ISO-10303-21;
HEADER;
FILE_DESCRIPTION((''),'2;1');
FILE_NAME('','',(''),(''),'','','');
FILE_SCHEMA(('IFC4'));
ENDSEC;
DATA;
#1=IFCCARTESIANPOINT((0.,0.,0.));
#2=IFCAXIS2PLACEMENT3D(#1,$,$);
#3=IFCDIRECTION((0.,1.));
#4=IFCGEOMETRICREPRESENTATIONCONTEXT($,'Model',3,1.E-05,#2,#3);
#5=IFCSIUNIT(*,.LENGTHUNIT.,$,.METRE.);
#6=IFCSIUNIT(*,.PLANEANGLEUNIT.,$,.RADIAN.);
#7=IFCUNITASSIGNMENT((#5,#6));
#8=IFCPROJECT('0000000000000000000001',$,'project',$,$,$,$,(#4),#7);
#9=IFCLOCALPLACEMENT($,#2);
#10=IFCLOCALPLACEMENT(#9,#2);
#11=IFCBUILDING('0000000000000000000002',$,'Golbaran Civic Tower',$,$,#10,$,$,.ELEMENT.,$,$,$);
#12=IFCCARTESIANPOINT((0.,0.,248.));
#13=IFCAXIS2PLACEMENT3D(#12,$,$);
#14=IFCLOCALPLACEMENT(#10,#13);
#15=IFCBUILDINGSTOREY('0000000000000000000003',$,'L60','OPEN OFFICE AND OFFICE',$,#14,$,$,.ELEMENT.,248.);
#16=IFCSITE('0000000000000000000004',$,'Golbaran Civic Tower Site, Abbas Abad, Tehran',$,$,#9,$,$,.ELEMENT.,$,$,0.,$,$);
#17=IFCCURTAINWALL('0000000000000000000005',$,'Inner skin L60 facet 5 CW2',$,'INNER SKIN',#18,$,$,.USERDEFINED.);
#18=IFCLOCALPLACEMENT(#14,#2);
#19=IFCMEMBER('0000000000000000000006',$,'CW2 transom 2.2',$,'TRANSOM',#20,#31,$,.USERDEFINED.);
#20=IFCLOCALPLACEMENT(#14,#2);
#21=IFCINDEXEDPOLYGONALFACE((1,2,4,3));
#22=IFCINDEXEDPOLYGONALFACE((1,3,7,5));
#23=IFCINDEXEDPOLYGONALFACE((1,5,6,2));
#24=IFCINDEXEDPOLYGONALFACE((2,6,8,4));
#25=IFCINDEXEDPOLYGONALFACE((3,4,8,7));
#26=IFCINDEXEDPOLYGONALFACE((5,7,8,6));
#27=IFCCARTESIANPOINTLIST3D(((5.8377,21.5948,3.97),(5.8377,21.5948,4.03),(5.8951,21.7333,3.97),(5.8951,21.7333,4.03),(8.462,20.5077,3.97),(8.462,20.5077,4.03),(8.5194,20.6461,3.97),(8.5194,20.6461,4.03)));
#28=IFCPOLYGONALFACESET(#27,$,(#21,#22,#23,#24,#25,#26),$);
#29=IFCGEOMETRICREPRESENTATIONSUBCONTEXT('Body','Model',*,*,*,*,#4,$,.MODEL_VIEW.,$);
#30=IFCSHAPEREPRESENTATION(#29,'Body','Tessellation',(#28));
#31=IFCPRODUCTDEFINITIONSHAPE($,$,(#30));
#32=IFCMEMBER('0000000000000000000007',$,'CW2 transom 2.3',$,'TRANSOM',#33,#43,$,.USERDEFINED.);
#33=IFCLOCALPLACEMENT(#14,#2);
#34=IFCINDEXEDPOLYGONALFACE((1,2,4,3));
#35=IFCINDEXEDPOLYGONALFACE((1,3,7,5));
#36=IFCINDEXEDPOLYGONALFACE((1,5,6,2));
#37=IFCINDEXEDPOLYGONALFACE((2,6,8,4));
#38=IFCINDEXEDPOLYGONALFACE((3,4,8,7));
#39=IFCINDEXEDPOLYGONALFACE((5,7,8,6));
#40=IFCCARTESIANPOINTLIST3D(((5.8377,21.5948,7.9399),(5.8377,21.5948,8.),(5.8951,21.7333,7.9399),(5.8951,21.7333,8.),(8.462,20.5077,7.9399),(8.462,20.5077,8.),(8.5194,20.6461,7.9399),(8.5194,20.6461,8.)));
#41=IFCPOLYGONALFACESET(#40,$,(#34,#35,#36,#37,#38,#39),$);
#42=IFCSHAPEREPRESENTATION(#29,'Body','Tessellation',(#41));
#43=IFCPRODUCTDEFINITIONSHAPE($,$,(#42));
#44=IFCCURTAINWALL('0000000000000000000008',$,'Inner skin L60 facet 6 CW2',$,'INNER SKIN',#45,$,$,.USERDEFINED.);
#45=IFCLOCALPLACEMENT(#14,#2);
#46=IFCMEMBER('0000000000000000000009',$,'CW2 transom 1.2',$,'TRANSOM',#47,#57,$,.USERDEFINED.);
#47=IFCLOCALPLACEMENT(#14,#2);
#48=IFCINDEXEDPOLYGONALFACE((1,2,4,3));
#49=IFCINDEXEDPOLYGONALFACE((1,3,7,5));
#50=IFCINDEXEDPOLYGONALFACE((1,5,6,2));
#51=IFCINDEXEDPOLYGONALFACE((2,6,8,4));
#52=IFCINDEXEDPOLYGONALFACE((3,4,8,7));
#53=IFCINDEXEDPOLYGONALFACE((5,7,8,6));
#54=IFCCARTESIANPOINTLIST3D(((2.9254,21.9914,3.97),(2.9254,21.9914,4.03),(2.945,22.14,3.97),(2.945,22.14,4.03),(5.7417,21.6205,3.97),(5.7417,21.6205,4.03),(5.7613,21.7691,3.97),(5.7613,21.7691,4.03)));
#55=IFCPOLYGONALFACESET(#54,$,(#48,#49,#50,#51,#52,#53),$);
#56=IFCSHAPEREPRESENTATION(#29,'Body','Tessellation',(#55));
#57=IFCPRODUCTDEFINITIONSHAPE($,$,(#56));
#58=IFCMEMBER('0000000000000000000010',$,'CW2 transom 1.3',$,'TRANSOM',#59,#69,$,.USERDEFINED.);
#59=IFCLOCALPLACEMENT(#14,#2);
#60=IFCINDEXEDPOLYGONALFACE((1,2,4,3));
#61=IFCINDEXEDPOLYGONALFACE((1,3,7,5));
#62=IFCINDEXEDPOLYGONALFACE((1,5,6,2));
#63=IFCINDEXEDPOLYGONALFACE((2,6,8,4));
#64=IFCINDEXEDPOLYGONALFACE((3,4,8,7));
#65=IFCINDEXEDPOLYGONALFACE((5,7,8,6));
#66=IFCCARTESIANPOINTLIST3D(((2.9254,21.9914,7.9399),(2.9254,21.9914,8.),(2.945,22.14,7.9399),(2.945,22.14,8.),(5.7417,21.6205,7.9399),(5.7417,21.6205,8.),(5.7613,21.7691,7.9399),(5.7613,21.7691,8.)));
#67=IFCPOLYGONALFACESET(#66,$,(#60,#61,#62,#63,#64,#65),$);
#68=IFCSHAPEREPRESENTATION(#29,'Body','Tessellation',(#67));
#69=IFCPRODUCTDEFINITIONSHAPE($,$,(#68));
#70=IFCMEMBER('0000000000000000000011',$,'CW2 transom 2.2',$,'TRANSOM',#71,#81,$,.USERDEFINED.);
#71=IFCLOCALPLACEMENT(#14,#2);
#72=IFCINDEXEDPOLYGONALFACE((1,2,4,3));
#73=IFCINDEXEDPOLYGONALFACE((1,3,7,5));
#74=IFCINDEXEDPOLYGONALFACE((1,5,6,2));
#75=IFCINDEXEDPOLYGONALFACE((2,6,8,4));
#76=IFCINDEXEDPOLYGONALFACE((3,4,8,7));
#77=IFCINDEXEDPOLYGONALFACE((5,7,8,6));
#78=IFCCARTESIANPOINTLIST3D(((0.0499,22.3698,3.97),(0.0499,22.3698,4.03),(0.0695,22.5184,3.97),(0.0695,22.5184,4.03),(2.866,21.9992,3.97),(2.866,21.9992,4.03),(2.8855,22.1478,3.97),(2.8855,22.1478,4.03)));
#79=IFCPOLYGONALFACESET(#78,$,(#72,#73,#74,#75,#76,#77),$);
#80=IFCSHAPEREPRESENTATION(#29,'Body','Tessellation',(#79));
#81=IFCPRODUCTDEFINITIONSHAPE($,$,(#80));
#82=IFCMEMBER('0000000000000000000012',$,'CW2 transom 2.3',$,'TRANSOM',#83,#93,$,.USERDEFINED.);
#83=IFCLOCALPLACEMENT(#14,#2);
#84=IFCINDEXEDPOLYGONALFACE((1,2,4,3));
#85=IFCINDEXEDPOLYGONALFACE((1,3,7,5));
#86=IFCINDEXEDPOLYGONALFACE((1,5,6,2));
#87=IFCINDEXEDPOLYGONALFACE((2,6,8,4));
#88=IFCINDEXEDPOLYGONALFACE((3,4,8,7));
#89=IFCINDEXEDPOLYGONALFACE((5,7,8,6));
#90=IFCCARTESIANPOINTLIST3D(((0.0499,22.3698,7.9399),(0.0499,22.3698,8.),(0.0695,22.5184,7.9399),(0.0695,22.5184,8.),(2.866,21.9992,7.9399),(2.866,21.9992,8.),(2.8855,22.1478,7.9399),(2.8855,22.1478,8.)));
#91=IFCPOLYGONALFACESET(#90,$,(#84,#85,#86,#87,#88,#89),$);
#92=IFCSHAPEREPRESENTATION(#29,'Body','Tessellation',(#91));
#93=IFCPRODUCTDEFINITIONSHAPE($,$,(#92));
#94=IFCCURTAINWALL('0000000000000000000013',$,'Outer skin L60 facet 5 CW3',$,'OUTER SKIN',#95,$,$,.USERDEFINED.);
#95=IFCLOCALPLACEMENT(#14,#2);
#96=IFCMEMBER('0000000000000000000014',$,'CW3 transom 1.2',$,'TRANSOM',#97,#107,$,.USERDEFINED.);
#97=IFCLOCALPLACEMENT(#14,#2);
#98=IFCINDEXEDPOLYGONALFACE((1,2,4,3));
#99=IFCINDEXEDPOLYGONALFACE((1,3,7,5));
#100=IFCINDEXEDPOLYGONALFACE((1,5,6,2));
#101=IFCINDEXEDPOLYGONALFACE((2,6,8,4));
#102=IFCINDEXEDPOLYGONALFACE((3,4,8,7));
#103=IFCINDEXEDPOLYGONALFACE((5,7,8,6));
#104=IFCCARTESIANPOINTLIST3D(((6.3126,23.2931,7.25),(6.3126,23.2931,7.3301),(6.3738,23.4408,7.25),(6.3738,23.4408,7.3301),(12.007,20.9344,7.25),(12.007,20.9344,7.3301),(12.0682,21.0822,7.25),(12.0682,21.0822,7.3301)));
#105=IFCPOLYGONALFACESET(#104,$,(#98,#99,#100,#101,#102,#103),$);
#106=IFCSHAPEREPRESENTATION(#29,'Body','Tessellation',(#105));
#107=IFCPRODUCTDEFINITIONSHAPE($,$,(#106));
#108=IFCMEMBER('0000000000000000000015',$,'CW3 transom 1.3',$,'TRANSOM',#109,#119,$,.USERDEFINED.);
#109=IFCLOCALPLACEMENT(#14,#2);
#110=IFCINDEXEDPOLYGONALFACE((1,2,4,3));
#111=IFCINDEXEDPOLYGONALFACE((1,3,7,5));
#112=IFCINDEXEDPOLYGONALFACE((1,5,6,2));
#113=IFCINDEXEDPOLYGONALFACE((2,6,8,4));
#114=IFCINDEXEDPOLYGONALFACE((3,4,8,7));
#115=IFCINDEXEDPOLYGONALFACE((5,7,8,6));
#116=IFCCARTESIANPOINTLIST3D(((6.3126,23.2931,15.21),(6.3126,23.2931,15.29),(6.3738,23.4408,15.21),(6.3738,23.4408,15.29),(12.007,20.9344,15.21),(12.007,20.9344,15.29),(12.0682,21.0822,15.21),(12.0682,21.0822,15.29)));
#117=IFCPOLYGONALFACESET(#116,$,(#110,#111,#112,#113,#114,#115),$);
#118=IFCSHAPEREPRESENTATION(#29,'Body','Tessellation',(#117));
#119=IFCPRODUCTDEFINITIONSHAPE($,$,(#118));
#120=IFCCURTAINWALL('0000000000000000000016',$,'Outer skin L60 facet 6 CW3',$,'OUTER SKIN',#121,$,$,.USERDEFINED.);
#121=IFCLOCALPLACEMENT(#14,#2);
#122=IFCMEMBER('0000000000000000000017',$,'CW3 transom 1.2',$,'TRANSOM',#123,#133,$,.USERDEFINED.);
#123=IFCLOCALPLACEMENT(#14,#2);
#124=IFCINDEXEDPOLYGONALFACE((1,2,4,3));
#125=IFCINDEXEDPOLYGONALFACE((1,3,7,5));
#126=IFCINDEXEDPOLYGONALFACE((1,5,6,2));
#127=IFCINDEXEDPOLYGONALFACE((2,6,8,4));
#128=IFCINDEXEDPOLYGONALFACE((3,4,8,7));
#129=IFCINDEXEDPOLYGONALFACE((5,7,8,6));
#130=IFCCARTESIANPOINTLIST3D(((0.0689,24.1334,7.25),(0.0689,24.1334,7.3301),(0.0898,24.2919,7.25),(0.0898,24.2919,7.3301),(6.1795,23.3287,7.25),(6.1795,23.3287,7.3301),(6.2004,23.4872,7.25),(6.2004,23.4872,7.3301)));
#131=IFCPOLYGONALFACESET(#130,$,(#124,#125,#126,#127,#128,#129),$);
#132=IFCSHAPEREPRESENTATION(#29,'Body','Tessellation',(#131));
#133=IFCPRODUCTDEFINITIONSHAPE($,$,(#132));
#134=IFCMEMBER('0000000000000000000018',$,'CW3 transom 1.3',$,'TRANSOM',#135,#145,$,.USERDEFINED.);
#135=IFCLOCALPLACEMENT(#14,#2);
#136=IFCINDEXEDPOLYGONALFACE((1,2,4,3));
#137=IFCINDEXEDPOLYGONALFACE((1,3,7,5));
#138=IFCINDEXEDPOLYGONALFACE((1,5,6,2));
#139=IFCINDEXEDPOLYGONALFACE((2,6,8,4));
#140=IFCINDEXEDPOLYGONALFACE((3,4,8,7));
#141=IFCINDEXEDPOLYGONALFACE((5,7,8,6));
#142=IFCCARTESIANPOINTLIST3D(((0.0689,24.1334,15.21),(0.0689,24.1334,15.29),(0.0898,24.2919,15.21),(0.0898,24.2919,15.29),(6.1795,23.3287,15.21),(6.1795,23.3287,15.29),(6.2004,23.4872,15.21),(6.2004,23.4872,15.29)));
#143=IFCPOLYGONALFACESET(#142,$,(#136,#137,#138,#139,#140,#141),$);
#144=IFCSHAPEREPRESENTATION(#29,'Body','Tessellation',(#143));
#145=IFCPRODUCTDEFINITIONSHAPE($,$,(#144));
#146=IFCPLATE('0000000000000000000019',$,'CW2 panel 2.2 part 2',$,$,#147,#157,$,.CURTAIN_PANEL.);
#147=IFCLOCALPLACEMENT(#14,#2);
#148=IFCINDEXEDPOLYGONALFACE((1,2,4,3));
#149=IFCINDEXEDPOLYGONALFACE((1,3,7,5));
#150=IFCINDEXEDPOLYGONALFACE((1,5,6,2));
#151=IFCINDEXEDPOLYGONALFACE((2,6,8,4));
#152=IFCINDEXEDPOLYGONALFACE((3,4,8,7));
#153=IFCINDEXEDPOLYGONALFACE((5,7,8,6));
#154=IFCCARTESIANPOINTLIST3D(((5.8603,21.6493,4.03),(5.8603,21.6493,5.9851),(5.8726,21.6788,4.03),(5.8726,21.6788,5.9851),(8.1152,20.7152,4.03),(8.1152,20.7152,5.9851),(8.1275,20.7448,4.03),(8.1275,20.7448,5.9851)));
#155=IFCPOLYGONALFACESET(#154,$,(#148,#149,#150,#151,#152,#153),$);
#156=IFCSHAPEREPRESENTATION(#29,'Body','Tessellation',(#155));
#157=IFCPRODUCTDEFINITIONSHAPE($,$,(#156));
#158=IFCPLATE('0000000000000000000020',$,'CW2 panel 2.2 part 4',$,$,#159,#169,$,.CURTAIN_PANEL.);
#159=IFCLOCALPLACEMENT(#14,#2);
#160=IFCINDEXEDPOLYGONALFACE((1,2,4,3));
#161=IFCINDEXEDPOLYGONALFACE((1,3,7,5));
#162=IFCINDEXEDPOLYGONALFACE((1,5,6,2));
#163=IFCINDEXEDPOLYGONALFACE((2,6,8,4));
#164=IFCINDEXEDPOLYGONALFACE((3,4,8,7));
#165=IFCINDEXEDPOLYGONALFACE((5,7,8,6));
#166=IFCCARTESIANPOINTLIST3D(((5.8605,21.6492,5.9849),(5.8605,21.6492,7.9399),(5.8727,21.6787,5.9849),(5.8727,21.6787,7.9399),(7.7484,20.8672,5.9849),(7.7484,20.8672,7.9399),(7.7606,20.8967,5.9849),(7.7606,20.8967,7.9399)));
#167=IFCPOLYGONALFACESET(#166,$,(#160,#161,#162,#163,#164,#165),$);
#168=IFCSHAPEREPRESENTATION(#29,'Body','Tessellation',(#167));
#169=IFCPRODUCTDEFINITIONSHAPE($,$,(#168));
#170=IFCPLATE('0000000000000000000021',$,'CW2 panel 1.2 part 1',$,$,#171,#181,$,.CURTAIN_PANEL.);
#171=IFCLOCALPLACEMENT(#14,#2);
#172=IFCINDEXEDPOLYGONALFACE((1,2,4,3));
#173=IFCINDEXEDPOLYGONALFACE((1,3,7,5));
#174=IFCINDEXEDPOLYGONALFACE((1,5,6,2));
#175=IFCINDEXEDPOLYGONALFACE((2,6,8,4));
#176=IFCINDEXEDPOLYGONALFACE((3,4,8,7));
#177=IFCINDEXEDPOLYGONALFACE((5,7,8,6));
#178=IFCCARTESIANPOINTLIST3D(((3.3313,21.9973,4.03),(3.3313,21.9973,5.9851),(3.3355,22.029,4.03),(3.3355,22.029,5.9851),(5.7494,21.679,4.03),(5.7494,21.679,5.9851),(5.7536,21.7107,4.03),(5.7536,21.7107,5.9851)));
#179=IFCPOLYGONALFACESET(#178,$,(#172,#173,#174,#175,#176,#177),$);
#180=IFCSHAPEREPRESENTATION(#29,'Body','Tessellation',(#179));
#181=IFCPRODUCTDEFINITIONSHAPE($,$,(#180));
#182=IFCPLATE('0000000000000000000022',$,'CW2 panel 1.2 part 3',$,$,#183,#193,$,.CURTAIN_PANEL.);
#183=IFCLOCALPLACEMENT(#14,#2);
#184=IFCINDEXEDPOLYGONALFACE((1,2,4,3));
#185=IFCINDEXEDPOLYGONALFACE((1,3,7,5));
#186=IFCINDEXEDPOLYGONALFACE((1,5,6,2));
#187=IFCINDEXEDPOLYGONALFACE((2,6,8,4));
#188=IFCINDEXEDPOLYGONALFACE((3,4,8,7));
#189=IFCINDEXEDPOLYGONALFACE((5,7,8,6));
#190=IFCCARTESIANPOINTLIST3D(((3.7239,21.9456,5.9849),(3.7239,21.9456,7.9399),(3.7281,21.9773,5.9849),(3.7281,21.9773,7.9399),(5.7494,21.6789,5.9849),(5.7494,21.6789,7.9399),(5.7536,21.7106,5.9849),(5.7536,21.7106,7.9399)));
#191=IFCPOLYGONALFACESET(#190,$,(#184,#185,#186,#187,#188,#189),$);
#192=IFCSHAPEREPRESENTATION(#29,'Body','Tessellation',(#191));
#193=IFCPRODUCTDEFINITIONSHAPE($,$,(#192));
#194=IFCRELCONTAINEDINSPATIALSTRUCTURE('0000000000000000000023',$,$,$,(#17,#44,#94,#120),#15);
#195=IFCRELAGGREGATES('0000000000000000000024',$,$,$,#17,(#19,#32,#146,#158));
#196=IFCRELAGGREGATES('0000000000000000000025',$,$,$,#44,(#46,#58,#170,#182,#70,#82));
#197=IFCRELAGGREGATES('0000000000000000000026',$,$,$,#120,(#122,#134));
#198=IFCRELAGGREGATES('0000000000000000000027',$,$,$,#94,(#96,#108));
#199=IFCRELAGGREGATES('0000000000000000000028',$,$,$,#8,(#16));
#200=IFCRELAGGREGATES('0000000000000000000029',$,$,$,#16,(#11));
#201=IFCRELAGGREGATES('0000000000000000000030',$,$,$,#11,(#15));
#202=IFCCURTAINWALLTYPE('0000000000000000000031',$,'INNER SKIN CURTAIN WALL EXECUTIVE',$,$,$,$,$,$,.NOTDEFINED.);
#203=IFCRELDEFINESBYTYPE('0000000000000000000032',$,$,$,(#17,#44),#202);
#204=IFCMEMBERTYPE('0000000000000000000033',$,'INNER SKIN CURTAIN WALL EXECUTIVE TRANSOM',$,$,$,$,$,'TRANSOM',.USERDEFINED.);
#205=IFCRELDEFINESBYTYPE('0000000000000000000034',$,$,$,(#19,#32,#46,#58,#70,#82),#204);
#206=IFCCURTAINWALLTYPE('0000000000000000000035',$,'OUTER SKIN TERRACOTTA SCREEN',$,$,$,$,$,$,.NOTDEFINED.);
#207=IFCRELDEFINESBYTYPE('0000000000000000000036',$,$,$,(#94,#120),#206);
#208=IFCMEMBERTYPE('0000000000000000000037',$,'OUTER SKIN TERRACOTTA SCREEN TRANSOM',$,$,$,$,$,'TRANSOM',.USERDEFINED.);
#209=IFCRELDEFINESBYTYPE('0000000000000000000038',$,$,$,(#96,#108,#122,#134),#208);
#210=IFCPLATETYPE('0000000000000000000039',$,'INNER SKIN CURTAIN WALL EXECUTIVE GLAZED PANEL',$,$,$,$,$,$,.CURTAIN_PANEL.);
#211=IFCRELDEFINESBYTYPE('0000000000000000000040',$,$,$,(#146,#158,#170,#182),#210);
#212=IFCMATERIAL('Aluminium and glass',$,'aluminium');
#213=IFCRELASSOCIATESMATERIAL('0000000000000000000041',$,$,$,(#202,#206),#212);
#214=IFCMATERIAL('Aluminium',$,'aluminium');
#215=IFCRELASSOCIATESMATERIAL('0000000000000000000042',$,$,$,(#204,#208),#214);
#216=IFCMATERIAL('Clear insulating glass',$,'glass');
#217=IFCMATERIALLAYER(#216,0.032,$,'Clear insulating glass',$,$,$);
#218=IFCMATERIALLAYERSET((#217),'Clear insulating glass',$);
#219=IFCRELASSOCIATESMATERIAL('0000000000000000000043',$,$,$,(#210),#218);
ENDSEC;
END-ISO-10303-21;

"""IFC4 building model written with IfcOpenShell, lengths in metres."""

from ifc_helpers import new_model, si_unit, direction, frame, origin, origin_2d, place, context, subcontext, project, spatial, rectangle, extrude, material, layer, layer_set, material_profile, profile_set, type_object, element, aggregate, save


model = new_model("IFC4")

# Units and contexts
model_context = context("Model", 3, precision=1e-05, world=origin(), true_north=direction((0.0, 1.0)))
body_context = subcontext(model_context, "Body", "Model", "MODEL_VIEW")
ifc_project = project(units=[si_unit("LENGTHUNIT", "METRE"), si_unit("PLANEANGLEUNIT", "RADIAN")], contexts=[model_context])

# Site, building, storey
site_placement = place(None, origin())
site = spatial("IfcSite", under=ifc_project, at=site_placement, Name="Golbaran Civic Tower Site, Abbas Abad, Tehran", CompositionType="ELEMENT", RefElevation=0.0)
building_placement = place(site_placement, origin())
building = spatial("IfcBuilding", under=site, at=building_placement, Name="Golbaran Civic Tower", CompositionType="ELEMENT")
storey_placement = place(building_placement, frame((0.0, 0.0, 248.0)))
storey = spatial("IfcBuildingStorey", under=building, at=storey_placement, Name="L60", Description="OPEN OFFICE AND OFFICE", CompositionType="ELEMENT", Elevation=248.0)

# Curtain walls, members
ifc_material_1 = material(Name="Aluminium and glass", Category="aluminium")
curtain_wall_type_1 = type_object("IfcCurtainWallType", Name="INNER SKIN CURTAIN WALL EXECUTIVE", PredefinedType="NOTDEFINED", material=ifc_material_1)
curtain_wall_1_placement = place(storey_placement, origin())
curtain_wall_1 = element("IfcCurtainWall", 1, at=curtain_wall_1_placement, inside=storey, type_object=curtain_wall_type_1, Name="Inner skin L60 facet 5 CW2", ObjectType="INNER SKIN", PredefinedType="USERDEFINED")
ifc_material_2 = material(Name="Aluminium", Category="aluminium")
ifc_material_profile_1 = material_profile(ifc_material_2, rectangle(XDim=0.1499, YDim=0.0601, at=origin_2d()), Name="INNER SKIN CURTAIN WALL EXECUTIVE TRANSOM")
ifc_profile_set_1 = profile_set([ifc_material_profile_1], Name="Aluminium")
member_type_1 = type_object("IfcMemberType", Name="INNER SKIN CURTAIN WALL EXECUTIVE TRANSOM", ElementType="TRANSOM", PredefinedType="USERDEFINED", material=ifc_profile_set_1)
member_1_placement = place(storey_placement, frame((8.4907, 20.5769, 4.0), z_axis=(-0.923861, 0.382729, 0.0), x_axis=(-0.382729, -0.923861, 0.0)))
member_1 = element("IfcMember", 2, at=member_1_placement, type_object=member_type_1, Name="CW2 transom 2.2", ObjectType="TRANSOM", PredefinedType="USERDEFINED", context=body_context, shape_type="SweptSolid", body=[
    extrude(rectangle(XDim=0.1499, YDim=0.0601, at=origin_2d()), origin(), (0.0, 0.0, 1.0), 2.8406),
])
member_2_placement = place(storey_placement, frame((8.4907, 20.5769, 7.97), z_axis=(-0.923861, 0.382729, 0.0), x_axis=(-0.382729, -0.923861, 0.0)))
member_2 = element("IfcMember", 3, at=member_2_placement, type_object=member_type_1, Name="CW2 transom 2.3", ObjectType="TRANSOM", PredefinedType="USERDEFINED", context=body_context, shape_type="SweptSolid", body=[
    extrude(rectangle(XDim=0.1499, YDim=0.0601, at=origin_2d()), origin(), (0.0, 0.0, 1.0), 2.8406),
])
curtain_wall_2_placement = place(storey_placement, origin())
curtain_wall_2 = element("IfcCurtainWall", 4, at=curtain_wall_2_placement, inside=storey, type_object=curtain_wall_type_1, Name="Inner skin L60 facet 6 CW2", ObjectType="INNER SKIN", PredefinedType="USERDEFINED")
member_3_placement = place(storey_placement, frame((5.7515, 21.6948, 4.0), z_axis=(-0.991441, 0.130559, 0.0), x_axis=(-0.130559, -0.991441, 0.0)))
member_3 = element("IfcMember", 5, at=member_3_placement, type_object=member_type_1, Name="CW2 transom 1.2", ObjectType="TRANSOM", PredefinedType="USERDEFINED", context=body_context, shape_type="SweptSolid", body=[
    extrude(rectangle(XDim=0.1499, YDim=0.0601, at=origin_2d()), origin(), (0.0, 0.0, 1.0), 2.8406),
])
member_4_placement = place(storey_placement, frame((5.7515, 21.6948, 7.97), z_axis=(-0.991441, 0.130559, 0.0), x_axis=(-0.130559, -0.991441, 0.0)))
member_4 = element("IfcMember", 6, at=member_4_placement, type_object=member_type_1, Name="CW2 transom 1.3", ObjectType="TRANSOM", PredefinedType="USERDEFINED", context=body_context, shape_type="SweptSolid", body=[
    extrude(rectangle(XDim=0.1499, YDim=0.0601, at=origin_2d()), origin(), (0.0, 0.0, 1.0), 2.8406),
])
member_5_placement = place(storey_placement, frame((2.8757, 22.0735, 4.0), z_axis=(-0.991452, 0.130475, 0.0), x_axis=(-0.130475, -0.991452, 0.0)))
member_5 = element("IfcMember", 7, at=member_5_placement, type_object=member_type_1, Name="CW2 transom 2.2", ObjectType="TRANSOM", PredefinedType="USERDEFINED", context=body_context, shape_type="SweptSolid", body=[
    extrude(rectangle(XDim=0.1499, YDim=0.0601, at=origin_2d()), origin(), (0.0, 0.0, 1.0), 2.8403),
])
member_6_placement = place(storey_placement, frame((2.8757, 22.0735, 7.97), z_axis=(-0.991452, 0.130475, 0.0), x_axis=(-0.130475, -0.991452, 0.0)))
member_6 = element("IfcMember", 8, at=member_6_placement, type_object=member_type_1, Name="CW2 transom 2.3", ObjectType="TRANSOM", PredefinedType="USERDEFINED", context=body_context, shape_type="SweptSolid", body=[
    extrude(rectangle(XDim=0.1499, YDim=0.0601, at=origin_2d()), origin(), (0.0, 0.0, 1.0), 2.8403),
])
curtain_wall_type_2 = type_object("IfcCurtainWallType", Name="OUTER SKIN TERRACOTTA SCREEN", PredefinedType="NOTDEFINED", material=ifc_material_1)
curtain_wall_3_placement = place(storey_placement, origin())
curtain_wall_3 = element("IfcCurtainWall", 9, at=curtain_wall_3_placement, inside=storey, type_object=curtain_wall_type_2, Name="Outer skin L60 facet 5 CW3", ObjectType="OUTER SKIN", PredefinedType="USERDEFINED")
ifc_material_profile_2 = material_profile(ifc_material_2, rectangle(XDim=0.1599, YDim=0.0801, at=origin_2d()), Name="OUTER SKIN TERRACOTTA SCREEN TRANSOM")
ifc_profile_set_2 = profile_set([ifc_material_profile_2], Name="Aluminium")
member_type_2 = type_object("IfcMemberType", Name="OUTER SKIN TERRACOTTA SCREEN TRANSOM", ElementType="TRANSOM", PredefinedType="USERDEFINED", material=ifc_profile_set_2)
member_7_placement = place(storey_placement, frame((12.0376, 21.0083, 7.29), z_axis=(-0.923881, 0.382679, 0.0), x_axis=(-0.382679, -0.923881, 0.0)))
member_7 = element("IfcMember", 10, at=member_7_placement, type_object=member_type_2, Name="CW3 transom 1.2", ObjectType="TRANSOM", PredefinedType="USERDEFINED", context=body_context, shape_type="SweptSolid", body=[
    extrude(rectangle(XDim=0.1599, YDim=0.0801, at=origin_2d()), origin(), (0.0, 0.0, 1.0), 6.1636),
])
member_8_placement = place(storey_placement, frame((12.0376, 21.0083, 15.25), z_axis=(-0.923881, 0.382679, 0.0), x_axis=(-0.382679, -0.923881, 0.0)))
member_8 = element("IfcMember", 11, at=member_8_placement, type_object=member_type_2, Name="CW3 transom 1.3", ObjectType="TRANSOM", PredefinedType="USERDEFINED", context=body_context, shape_type="SweptSolid", body=[
    extrude(rectangle(XDim=0.1599, YDim=0.0801, at=origin_2d()), origin(), (0.0, 0.0, 1.0), 6.1636),
])
curtain_wall_4_placement = place(storey_placement, origin())
curtain_wall_4 = element("IfcCurtainWall", 12, at=curtain_wall_4_placement, inside=storey, type_object=curtain_wall_type_2, Name="Outer skin L60 facet 6 CW3", ObjectType="OUTER SKIN", PredefinedType="USERDEFINED")
member_9_placement = place(storey_placement, frame((6.1899, 23.408, 7.29), z_axis=(-0.99144, 0.13056, 0.0), x_axis=(-0.13056, -0.99144, 0.0)))
member_9 = element("IfcMember", 13, at=member_9_placement, type_object=member_type_2, Name="CW3 transom 1.2", ObjectType="TRANSOM", PredefinedType="USERDEFINED", context=body_context, shape_type="SweptSolid", body=[
    extrude(rectangle(XDim=0.1599, YDim=0.0801, at=origin_2d()), origin(), (0.0, 0.0, 1.0), 6.1633),
])
member_10_placement = place(storey_placement, frame((6.1899, 23.408, 15.25), z_axis=(-0.99144, 0.13056, 0.0), x_axis=(-0.13056, -0.99144, 0.0)))
member_10 = element("IfcMember", 14, at=member_10_placement, type_object=member_type_2, Name="CW3 transom 1.3", ObjectType="TRANSOM", PredefinedType="USERDEFINED", context=body_context, shape_type="SweptSolid", body=[
    extrude(rectangle(XDim=0.1599, YDim=0.0801, at=origin_2d()), origin(), (0.0, 0.0, 1.0), 6.1633),
])

# Plates
ifc_material_3 = material(Name="Clear insulating glass", Category="glass")
ifc_layer_1 = layer(ifc_material_3, 0.032, Name="Clear insulating glass")
ifc_layer_set_1 = layer_set([ifc_layer_1], Name="Clear insulating glass")
plate_type_1 = type_object("IfcPlateType", Name="INNER SKIN CURTAIN WALL EXECUTIVE GLAZED PANEL", PredefinedType="CURTAIN_PANEL", material=ifc_layer_set_1)
plate_1_placement = place(storey_placement, frame((6.9939, 21.197, 4.03), z_axis=(0.0, 0.0, 1.0), x_axis=(-0.92388, 0.382683, 0.0)))
plate_1 = element("IfcPlate", 15, at=plate_1_placement, type_object=plate_type_1, Name="CW2 panel 2.2 part 2", PredefinedType="CURTAIN_PANEL", context=body_context, shape_type="SweptSolid", body=[
    extrude(rectangle(XDim=2.4407, YDim=0.032, at=origin_2d()), origin(), (0.0, 0.0, 1.0), 1.9551),
])
plate_2_placement = place(storey_placement, frame((6.8105, 21.2729, 5.9849), z_axis=(0.0, 0.0, 1.0), x_axis=(-0.92388, 0.382683, 0.0)))
plate_2 = element("IfcPlate", 16, at=plate_2_placement, type_object=plate_type_1, Name="CW2 panel 2.2 part 4", PredefinedType="CURTAIN_PANEL", context=body_context, shape_type="SweptSolid", body=[
    extrude(rectangle(XDim=2.0435, YDim=0.032, at=origin_2d()), origin(), (0.0, 0.0, 1.0), 1.9551),
])
plate_3_placement = place(storey_placement, frame((4.5425, 21.854, 4.03), z_axis=(0.0, 0.0, 1.0), x_axis=(-0.991445, 0.130526, 0.0)))
plate_3 = element("IfcPlate", 17, at=plate_3_placement, type_object=plate_type_1, Name="CW2 panel 1.2 part 1", PredefinedType="CURTAIN_PANEL", context=body_context, shape_type="SweptSolid", body=[
    extrude(rectangle(XDim=2.439, YDim=0.032, at=origin_2d()), origin(), (0.0, 0.0, 1.0), 1.9551),
])
plate_4_placement = place(storey_placement, frame((4.7388, 21.8281, 5.9849), z_axis=(0.0, 0.0, 1.0), x_axis=(-0.991445, 0.130526, 0.0)))
plate_4 = element("IfcPlate", 18, at=plate_4_placement, type_object=plate_type_1, Name="CW2 panel 1.2 part 3", PredefinedType="CURTAIN_PANEL", context=body_context, shape_type="SweptSolid", body=[
    extrude(rectangle(XDim=2.043, YDim=0.032, at=origin_2d()), origin(), (0.0, 0.0, 1.0), 1.9551),
])
aggregate(curtain_wall_1, [member_1, member_2, plate_1, plate_2])
aggregate(curtain_wall_2, [member_3, member_4, plate_3, plate_4, member_5, member_6])
aggregate(curtain_wall_4, [member_9, member_10])
aggregate(curtain_wall_3, [member_7, member_8])

save(model, "model.ifc")
